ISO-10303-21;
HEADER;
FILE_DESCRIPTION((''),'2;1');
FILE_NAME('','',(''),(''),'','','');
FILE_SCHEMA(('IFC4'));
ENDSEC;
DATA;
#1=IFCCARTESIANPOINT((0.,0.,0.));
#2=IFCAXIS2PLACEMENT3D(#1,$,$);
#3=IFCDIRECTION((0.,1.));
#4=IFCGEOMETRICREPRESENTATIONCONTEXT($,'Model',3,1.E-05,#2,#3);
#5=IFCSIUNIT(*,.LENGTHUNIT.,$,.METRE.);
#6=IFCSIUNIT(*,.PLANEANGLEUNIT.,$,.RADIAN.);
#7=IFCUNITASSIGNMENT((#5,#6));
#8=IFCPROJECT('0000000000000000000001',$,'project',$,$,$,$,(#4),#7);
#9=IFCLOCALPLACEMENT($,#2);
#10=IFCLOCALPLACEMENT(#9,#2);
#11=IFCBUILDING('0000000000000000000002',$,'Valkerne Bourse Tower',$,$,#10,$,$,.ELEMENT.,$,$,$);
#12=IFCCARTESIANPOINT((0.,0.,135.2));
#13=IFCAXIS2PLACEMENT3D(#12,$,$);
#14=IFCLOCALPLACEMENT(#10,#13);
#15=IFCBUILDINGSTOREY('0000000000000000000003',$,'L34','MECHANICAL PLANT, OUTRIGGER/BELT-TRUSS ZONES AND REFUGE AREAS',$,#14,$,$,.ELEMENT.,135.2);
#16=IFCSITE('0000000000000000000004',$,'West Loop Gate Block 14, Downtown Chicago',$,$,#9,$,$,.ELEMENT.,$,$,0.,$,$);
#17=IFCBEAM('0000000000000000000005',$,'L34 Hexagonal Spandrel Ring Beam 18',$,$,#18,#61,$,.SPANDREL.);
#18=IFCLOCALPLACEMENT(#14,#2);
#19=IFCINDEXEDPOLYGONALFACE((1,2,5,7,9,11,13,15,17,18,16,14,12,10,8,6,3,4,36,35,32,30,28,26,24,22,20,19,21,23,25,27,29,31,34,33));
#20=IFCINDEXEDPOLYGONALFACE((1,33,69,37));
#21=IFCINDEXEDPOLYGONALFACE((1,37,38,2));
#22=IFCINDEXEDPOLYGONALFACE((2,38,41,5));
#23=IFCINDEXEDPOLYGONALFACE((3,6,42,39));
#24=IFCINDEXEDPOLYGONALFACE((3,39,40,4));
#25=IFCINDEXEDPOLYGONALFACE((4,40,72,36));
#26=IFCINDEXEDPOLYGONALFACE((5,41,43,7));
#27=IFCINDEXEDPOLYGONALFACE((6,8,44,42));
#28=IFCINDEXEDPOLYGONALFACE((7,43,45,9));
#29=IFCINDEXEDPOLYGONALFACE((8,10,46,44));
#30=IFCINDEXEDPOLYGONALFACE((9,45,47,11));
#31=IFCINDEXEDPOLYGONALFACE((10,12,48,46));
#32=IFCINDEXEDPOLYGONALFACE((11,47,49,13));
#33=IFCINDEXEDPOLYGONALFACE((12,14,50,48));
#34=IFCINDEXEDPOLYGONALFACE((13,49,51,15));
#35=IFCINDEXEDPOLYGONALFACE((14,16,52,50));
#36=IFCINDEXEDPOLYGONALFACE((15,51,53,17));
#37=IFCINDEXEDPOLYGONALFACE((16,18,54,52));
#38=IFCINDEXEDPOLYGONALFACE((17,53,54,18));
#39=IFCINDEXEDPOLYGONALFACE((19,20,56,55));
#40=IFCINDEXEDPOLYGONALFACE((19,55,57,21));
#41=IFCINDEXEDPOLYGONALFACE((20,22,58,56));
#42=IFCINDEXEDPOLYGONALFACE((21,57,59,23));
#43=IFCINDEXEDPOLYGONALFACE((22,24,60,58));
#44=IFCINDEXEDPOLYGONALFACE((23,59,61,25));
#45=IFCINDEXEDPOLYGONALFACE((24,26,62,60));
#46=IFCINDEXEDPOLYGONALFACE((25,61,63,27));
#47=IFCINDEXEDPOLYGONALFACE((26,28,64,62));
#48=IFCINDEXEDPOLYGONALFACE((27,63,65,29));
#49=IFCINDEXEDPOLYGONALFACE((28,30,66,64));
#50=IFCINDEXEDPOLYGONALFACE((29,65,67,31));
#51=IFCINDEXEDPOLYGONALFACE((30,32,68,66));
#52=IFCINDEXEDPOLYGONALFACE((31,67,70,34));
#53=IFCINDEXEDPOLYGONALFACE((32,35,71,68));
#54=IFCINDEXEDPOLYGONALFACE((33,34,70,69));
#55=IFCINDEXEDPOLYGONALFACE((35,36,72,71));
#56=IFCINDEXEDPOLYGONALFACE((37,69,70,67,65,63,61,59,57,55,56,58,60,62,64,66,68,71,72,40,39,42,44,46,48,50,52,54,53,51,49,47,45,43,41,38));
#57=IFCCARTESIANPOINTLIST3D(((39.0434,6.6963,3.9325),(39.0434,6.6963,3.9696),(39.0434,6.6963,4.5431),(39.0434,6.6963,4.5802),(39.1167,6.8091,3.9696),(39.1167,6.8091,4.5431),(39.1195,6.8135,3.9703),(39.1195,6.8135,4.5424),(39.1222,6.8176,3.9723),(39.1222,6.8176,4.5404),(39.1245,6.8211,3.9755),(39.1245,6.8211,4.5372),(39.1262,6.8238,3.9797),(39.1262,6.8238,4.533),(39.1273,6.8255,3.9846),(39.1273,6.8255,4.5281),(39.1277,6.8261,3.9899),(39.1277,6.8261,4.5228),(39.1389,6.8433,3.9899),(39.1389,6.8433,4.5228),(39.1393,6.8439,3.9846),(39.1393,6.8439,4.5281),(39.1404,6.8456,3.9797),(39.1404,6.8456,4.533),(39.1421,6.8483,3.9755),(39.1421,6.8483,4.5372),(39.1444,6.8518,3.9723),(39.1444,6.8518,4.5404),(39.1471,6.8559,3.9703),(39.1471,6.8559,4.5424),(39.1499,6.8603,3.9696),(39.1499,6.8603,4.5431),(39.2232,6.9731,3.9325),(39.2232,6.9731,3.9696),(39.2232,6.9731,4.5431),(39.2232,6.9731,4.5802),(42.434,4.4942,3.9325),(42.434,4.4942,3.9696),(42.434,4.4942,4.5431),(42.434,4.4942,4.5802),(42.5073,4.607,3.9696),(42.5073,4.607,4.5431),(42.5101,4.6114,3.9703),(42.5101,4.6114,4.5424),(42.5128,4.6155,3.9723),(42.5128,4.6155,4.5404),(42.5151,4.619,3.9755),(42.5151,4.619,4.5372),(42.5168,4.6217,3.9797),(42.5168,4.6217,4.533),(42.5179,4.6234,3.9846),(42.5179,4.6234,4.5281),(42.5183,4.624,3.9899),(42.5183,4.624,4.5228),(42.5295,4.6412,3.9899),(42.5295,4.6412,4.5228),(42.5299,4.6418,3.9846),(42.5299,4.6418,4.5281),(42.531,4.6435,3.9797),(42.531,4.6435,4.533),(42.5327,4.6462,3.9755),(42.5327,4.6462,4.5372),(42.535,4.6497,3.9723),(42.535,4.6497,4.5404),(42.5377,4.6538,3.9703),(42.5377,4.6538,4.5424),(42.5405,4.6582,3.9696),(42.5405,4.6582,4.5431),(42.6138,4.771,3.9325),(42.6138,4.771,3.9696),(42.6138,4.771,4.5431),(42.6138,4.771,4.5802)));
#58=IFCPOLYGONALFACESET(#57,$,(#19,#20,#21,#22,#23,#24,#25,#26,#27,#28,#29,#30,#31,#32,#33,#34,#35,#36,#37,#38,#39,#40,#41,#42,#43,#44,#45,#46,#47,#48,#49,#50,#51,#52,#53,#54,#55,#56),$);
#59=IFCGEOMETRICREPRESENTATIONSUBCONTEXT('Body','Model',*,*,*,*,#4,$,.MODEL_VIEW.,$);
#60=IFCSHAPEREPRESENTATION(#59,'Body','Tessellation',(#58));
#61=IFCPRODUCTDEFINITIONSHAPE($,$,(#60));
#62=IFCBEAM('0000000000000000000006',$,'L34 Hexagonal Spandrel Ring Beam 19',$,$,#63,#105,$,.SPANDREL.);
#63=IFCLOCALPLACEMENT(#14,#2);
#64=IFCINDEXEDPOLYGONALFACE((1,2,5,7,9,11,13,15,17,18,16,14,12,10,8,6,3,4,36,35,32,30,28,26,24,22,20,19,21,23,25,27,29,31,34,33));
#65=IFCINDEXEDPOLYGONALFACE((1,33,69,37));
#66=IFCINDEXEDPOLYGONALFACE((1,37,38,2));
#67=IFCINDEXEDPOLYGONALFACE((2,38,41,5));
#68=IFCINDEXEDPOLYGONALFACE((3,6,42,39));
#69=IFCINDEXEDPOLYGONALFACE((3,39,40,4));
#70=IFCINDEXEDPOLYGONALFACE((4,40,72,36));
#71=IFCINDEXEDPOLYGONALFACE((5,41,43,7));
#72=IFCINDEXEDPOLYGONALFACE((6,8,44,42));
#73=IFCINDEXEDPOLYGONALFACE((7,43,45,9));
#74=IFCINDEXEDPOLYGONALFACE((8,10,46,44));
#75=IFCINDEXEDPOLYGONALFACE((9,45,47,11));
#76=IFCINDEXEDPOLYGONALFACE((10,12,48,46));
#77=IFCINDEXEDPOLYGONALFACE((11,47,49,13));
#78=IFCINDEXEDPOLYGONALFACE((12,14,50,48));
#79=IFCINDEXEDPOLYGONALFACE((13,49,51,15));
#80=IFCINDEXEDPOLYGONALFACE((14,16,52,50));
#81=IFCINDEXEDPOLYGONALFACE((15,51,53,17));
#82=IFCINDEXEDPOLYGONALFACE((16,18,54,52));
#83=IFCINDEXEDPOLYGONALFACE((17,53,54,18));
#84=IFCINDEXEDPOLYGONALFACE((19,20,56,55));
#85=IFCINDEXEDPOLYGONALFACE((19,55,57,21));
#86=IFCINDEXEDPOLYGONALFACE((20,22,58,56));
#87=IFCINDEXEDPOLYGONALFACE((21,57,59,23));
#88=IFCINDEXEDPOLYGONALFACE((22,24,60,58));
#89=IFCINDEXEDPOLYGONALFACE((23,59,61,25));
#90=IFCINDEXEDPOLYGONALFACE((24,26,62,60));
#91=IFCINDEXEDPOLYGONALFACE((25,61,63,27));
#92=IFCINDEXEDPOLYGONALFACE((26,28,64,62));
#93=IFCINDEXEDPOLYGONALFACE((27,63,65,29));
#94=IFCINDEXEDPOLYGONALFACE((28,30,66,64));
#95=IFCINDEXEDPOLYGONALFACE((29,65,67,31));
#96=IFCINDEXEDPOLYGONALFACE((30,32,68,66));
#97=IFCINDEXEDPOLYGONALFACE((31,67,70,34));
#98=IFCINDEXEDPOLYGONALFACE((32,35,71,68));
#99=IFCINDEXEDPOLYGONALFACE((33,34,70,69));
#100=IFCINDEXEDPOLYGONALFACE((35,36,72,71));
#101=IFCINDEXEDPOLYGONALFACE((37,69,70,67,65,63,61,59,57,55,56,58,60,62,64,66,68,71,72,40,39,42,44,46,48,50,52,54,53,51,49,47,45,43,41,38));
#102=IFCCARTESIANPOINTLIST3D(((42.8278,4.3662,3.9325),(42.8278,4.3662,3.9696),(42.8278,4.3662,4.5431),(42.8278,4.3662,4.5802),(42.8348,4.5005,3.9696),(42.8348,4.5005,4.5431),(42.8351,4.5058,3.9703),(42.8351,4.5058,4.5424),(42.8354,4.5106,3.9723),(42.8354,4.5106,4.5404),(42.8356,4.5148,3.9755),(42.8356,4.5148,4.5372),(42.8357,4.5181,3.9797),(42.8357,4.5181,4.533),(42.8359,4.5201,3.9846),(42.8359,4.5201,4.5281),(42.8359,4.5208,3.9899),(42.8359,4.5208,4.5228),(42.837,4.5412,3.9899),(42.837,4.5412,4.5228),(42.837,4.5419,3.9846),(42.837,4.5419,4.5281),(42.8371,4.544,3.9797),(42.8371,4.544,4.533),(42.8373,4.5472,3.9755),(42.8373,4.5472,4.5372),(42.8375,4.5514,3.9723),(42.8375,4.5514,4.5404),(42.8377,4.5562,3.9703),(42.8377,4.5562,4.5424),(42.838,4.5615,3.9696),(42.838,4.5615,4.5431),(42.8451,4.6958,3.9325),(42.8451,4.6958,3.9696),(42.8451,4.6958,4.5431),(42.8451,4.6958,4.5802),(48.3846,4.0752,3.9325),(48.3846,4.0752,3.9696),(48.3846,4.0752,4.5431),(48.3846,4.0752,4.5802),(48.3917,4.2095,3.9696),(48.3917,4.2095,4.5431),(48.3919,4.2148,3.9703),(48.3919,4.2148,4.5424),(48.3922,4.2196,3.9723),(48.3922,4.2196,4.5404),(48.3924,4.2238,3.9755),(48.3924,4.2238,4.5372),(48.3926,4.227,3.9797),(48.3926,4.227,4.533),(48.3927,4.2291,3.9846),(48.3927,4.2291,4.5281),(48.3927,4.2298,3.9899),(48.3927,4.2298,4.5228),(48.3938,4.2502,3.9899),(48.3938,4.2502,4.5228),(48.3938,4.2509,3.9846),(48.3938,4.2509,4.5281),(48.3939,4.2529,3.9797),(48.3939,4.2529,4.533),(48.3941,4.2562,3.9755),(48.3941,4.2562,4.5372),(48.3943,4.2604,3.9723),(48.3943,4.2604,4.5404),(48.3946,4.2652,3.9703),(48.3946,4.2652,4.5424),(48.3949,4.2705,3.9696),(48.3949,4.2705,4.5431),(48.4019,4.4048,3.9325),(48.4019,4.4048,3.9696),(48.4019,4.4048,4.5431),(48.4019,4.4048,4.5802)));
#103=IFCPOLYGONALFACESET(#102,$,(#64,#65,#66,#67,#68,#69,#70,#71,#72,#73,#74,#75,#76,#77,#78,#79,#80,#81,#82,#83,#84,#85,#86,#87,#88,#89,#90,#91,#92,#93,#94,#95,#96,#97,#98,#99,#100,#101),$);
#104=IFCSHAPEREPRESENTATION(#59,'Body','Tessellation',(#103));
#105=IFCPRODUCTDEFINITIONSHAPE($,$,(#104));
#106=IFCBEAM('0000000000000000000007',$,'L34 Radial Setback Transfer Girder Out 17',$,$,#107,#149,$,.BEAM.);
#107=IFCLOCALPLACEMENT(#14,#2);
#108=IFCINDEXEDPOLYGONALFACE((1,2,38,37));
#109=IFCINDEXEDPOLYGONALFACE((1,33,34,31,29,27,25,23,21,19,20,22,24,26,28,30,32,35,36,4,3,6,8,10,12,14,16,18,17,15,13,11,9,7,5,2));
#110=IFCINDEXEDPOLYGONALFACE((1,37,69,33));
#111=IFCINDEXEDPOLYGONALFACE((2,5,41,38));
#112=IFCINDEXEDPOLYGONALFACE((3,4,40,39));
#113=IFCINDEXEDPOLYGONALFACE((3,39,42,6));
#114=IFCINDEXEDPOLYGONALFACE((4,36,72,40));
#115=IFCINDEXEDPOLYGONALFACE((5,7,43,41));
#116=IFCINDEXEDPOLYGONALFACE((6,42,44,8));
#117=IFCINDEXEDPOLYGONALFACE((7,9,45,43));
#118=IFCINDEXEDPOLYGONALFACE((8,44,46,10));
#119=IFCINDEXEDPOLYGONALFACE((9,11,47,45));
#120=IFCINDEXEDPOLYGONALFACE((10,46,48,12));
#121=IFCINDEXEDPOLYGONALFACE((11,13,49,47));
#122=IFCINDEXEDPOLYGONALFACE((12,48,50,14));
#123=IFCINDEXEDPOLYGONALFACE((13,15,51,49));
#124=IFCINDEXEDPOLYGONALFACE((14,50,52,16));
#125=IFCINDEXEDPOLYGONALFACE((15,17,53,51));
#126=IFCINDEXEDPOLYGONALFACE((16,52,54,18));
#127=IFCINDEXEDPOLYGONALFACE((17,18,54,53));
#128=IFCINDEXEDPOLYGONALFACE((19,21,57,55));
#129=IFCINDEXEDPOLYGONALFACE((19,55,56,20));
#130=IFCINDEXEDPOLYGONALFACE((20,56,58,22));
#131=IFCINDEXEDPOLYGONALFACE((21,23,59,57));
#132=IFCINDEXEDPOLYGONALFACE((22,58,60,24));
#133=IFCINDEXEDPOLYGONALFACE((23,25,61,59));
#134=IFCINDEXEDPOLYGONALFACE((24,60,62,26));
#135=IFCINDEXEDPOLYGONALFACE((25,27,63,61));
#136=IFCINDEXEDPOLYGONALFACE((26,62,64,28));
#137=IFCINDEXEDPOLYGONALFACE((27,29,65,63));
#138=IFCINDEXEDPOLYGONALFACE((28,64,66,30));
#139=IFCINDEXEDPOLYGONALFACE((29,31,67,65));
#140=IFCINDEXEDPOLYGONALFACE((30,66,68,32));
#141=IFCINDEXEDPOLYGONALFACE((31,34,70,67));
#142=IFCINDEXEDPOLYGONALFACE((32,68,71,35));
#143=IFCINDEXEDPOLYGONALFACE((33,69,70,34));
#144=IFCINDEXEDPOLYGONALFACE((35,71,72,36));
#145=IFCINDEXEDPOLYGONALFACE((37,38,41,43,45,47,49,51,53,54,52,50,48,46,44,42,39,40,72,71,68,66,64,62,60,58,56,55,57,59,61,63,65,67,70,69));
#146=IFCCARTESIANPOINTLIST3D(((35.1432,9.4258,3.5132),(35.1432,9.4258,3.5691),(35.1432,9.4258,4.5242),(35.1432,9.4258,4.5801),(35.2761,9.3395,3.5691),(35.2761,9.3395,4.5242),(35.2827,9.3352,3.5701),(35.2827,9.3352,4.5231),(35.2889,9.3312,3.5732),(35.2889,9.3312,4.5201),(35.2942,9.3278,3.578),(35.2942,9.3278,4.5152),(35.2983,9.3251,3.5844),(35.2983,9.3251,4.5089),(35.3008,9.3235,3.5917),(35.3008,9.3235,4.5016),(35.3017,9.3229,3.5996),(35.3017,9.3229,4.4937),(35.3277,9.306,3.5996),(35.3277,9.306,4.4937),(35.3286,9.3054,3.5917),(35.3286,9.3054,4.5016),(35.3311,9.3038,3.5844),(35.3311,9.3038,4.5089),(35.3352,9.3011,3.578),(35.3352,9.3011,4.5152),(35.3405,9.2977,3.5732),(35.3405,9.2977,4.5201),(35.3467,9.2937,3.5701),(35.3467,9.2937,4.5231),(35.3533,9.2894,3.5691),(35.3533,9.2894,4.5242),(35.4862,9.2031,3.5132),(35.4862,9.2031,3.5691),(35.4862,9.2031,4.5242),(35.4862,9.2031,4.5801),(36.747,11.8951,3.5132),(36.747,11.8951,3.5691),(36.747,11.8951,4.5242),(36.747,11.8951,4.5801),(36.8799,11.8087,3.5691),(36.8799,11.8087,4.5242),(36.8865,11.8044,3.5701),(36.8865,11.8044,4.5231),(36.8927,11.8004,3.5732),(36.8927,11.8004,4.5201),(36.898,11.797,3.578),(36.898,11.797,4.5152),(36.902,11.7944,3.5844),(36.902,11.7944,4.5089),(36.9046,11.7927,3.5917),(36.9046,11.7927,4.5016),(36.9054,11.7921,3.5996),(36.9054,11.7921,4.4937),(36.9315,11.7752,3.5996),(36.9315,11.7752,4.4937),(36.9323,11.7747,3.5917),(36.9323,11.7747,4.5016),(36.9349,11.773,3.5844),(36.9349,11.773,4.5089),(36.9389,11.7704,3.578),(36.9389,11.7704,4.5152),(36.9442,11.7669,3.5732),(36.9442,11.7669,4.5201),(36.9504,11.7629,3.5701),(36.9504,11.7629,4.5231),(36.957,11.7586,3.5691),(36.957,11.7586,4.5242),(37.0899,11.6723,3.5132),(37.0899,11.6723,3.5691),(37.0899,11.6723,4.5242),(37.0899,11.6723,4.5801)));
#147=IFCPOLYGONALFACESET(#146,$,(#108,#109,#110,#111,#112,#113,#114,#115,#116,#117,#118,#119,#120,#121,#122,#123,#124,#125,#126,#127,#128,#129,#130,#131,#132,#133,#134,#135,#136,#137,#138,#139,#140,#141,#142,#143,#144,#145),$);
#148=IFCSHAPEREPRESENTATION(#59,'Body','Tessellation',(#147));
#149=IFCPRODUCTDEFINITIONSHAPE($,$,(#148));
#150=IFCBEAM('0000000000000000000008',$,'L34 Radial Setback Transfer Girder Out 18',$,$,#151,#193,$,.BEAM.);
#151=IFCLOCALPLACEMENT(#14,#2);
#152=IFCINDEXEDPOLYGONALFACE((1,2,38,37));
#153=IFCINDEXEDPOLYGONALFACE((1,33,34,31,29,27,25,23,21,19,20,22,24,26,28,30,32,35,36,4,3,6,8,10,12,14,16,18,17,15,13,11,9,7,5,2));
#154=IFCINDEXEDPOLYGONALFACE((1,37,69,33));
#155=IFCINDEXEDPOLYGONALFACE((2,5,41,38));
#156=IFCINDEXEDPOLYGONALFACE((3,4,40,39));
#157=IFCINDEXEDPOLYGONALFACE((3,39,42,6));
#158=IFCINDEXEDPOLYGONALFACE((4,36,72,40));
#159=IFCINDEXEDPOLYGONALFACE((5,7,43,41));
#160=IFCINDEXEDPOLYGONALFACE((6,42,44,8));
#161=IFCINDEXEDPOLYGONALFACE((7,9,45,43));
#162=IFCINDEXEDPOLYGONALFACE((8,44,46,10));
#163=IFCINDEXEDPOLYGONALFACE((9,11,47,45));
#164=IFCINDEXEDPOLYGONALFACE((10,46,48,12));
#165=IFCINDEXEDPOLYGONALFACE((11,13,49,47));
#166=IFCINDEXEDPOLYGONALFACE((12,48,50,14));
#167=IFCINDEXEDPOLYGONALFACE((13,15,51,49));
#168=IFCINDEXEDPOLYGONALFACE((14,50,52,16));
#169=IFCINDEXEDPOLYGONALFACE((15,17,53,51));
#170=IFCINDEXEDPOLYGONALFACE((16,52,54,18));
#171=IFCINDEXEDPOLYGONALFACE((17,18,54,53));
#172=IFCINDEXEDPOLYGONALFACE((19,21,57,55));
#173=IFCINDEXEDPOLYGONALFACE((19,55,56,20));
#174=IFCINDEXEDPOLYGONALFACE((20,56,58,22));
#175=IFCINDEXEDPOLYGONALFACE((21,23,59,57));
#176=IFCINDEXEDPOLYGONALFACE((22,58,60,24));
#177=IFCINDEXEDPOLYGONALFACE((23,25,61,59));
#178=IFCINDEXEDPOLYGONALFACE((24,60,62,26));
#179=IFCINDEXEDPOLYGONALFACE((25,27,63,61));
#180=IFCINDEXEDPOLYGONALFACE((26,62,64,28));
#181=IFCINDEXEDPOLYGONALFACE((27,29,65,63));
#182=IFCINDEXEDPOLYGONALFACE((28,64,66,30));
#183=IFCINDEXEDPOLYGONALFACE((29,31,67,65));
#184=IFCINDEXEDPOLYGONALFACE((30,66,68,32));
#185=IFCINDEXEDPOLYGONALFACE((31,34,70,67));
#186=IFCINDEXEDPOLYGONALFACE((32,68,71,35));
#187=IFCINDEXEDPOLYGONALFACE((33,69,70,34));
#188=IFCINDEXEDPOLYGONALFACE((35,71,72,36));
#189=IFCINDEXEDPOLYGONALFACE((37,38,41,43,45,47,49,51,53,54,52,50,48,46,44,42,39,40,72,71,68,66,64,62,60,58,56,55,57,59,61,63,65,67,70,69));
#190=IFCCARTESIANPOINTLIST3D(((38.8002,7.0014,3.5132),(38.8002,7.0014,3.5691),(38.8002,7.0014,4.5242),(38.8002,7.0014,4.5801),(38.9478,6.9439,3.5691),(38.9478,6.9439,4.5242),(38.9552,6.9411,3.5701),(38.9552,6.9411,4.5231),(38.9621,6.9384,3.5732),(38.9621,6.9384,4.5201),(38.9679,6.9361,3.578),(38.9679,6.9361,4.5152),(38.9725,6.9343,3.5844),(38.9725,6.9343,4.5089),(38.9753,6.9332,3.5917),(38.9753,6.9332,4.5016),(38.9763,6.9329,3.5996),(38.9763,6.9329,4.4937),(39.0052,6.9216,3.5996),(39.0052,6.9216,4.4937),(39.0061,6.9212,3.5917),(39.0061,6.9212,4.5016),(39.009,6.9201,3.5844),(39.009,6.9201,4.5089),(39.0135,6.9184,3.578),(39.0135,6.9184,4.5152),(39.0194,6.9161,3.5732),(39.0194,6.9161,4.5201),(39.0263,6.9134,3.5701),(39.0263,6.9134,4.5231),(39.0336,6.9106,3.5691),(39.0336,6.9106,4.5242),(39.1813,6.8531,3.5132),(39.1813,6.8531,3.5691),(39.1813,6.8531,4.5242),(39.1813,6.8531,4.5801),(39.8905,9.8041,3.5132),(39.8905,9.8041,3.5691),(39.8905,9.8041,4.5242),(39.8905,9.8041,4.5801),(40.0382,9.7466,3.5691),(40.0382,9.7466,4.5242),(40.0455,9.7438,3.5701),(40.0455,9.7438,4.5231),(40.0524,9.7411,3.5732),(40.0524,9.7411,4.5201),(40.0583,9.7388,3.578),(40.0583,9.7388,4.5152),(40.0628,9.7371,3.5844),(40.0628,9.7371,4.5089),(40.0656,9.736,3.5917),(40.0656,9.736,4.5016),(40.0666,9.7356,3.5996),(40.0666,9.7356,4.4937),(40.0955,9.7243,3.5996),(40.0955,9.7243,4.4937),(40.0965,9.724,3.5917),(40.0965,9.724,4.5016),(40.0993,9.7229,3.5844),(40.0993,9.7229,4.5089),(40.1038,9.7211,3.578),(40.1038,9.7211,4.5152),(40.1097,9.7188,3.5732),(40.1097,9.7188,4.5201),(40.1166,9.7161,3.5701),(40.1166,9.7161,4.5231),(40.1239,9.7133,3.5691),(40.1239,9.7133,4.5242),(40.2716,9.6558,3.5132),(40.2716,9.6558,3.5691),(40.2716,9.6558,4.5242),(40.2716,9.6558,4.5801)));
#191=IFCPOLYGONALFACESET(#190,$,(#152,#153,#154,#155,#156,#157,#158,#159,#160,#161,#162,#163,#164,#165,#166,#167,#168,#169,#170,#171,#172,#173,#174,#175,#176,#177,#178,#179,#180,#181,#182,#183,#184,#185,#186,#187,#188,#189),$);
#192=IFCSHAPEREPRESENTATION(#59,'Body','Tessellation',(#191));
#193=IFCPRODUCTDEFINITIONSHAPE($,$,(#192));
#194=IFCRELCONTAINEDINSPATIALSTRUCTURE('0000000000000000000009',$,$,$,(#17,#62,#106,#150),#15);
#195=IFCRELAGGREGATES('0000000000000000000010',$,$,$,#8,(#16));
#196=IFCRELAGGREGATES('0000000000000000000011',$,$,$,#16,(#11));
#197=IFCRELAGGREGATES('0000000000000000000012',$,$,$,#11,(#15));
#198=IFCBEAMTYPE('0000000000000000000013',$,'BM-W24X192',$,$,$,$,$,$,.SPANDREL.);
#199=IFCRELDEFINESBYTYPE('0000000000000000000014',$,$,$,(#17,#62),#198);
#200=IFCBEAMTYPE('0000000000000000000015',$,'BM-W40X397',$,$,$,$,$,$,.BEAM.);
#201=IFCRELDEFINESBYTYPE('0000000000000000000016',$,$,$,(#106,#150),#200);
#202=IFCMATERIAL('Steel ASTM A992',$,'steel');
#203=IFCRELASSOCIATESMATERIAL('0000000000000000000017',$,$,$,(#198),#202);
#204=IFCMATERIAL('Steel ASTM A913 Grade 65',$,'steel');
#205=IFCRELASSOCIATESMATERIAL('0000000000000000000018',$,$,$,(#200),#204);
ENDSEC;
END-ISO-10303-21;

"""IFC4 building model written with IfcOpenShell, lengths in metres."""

from ifc_helpers import new_model, si_unit, direction, frame, origin, origin_2d, place, context, subcontext, project, spatial, i_section, extrude, material, material_profile, profile_set, type_object, element, save


model = new_model("IFC4")

# Units and contexts
model_context = context("Model", 3, precision=1e-05, world=origin(), true_north=direction((0.0, 1.0)))
body_context = subcontext(model_context, "Body", "Model", "MODEL_VIEW")
ifc_project = project(units=[si_unit("LENGTHUNIT", "METRE"), si_unit("PLANEANGLEUNIT", "RADIAN")], contexts=[model_context])

# Site, building, storey
site_placement = place(None, origin())
site = spatial("IfcSite", under=ifc_project, at=site_placement, Name="West Loop Gate Block 14, Downtown Chicago", CompositionType="ELEMENT", RefElevation=0.0)
building_placement = place(site_placement, origin())
building = spatial("IfcBuilding", under=site, at=building_placement, Name="Valkerne Bourse Tower", CompositionType="ELEMENT")
storey_placement = place(building_placement, frame((0.0, 0.0, 135.2)))
storey = spatial("IfcBuildingStorey", under=building, at=storey_placement, Name="L34", Description="MECHANICAL PLANT, OUTRIGGER/BELT-TRUSS ZONES AND REFUGE AREAS", CompositionType="ELEMENT", Elevation=135.2)

# Shared definitions
ifc_material_1 = material(Name="Steel ASTM A913 Grade 65", Category="steel")

# Beams
ifc_material_2 = material(Name="Steel ASTM A992", Category="steel")
ifc_material_profile_1 = material_profile(ifc_material_2, i_section(OverallWidth=0.3301, OverallDepth=0.6477, WebThickness=0.0205, FlangeThickness=0.0371, FilletRadius=0.0203, at=origin_2d()), Name="W24X192")
ifc_profile_set_1 = profile_set([ifc_material_profile_1], Name="Steel ASTM A992")
beam_type_1 = type_object("IfcBeamType", Name="BM-W24X192", PredefinedType="SPANDREL", material=ifc_profile_set_1)
for number, where, z_axis, x_axis, name in (
    (1, (39.1333, 6.8347, 4.2563), (0.838642, -0.544683, 0.0), (0.544683, 0.838642, 0.0), "L34 Hexagonal Spandrel Ring Beam 18"),
):
    element("IfcBeam", number, at=place(storey_placement, frame(where, z_axis=z_axis, x_axis=x_axis)), inside=storey, type_object=beam_type_1, Name=name, PredefinedType="SPANDREL", context=body_context, shape_type="SweptSolid", body=[
        extrude(i_section(OverallWidth=0.3301, OverallDepth=0.6477, WebThickness=0.0205, FlangeThickness=0.0371, FilletRadius=0.0203, at=origin_2d()), origin(), (0.0, 0.0, 1.0), 4.043),
    ])
beam_1_placement = place(storey_placement, frame((42.8364, 4.531, 4.2563), z_axis=(0.998631, -0.052299, 0.0), x_axis=(0.052299, 0.998631, 0.0)))
element("IfcBeam", 2, at=beam_1_placement, inside=storey, type_object=beam_type_1, Name="L34 Hexagonal Spandrel Ring Beam 19", PredefinedType="SPANDREL", context=body_context, shape_type="SweptSolid", body=[
    extrude(i_section(OverallWidth=0.3301, OverallDepth=0.6477, WebThickness=0.0205, FlangeThickness=0.0371, FilletRadius=0.0203, at=origin_2d()), origin(), (0.0, 0.0, 1.0), 5.5645),
])
ifc_material_profile_2 = material_profile(ifc_material_1, i_section(OverallWidth=0.4089, OverallDepth=1.0669, WebThickness=0.031, FlangeThickness=0.0559, FilletRadius=0.0305, at=origin_2d()), Name="W40X397")
ifc_profile_set_2 = profile_set([ifc_material_profile_2], Name="Steel ASTM A913 Grade 65")
beam_type_2 = type_object("IfcBeamType", Name="BM-W40X397", PredefinedType="BEAM", material=ifc_profile_set_2)
beam_2_placement = place(storey_placement, frame((35.3147, 9.3145, 4.0466), z_axis=(0.544691, 0.838637, 0.0), x_axis=(-0.838637, 0.544691, 0.0)))
element("IfcBeam", 3, at=beam_2_placement, inside=storey, type_object=beam_type_2, Name="L34 Radial Setback Transfer Girder Out 17", PredefinedType="BEAM", context=body_context, shape_type="SweptSolid", body=[
    extrude(i_section(OverallWidth=0.4089, OverallDepth=1.0669, WebThickness=0.031, FlangeThickness=0.0559, FilletRadius=0.0305, at=origin_2d()), origin(), (0.0, 0.0, 1.0), 2.9443),
])
beam_3_placement = place(storey_placement, frame((38.9907, 6.9272, 4.0466), z_axis=(0.362556, 0.931962, 0.0), x_axis=(-0.931962, 0.362556, 0.0)))
element("IfcBeam", 4, at=beam_3_placement, inside=storey, type_object=beam_type_2, Name="L34 Radial Setback Transfer Girder Out 18", PredefinedType="BEAM", context=body_context, shape_type="SweptSolid", body=[
    extrude(i_section(OverallWidth=0.4089, OverallDepth=1.0669, WebThickness=0.031, FlangeThickness=0.0559, FilletRadius=0.0305, at=origin_2d()), origin(), (0.0, 0.0, 1.0), 3.0073),
])

save(model, "model.ifc")
